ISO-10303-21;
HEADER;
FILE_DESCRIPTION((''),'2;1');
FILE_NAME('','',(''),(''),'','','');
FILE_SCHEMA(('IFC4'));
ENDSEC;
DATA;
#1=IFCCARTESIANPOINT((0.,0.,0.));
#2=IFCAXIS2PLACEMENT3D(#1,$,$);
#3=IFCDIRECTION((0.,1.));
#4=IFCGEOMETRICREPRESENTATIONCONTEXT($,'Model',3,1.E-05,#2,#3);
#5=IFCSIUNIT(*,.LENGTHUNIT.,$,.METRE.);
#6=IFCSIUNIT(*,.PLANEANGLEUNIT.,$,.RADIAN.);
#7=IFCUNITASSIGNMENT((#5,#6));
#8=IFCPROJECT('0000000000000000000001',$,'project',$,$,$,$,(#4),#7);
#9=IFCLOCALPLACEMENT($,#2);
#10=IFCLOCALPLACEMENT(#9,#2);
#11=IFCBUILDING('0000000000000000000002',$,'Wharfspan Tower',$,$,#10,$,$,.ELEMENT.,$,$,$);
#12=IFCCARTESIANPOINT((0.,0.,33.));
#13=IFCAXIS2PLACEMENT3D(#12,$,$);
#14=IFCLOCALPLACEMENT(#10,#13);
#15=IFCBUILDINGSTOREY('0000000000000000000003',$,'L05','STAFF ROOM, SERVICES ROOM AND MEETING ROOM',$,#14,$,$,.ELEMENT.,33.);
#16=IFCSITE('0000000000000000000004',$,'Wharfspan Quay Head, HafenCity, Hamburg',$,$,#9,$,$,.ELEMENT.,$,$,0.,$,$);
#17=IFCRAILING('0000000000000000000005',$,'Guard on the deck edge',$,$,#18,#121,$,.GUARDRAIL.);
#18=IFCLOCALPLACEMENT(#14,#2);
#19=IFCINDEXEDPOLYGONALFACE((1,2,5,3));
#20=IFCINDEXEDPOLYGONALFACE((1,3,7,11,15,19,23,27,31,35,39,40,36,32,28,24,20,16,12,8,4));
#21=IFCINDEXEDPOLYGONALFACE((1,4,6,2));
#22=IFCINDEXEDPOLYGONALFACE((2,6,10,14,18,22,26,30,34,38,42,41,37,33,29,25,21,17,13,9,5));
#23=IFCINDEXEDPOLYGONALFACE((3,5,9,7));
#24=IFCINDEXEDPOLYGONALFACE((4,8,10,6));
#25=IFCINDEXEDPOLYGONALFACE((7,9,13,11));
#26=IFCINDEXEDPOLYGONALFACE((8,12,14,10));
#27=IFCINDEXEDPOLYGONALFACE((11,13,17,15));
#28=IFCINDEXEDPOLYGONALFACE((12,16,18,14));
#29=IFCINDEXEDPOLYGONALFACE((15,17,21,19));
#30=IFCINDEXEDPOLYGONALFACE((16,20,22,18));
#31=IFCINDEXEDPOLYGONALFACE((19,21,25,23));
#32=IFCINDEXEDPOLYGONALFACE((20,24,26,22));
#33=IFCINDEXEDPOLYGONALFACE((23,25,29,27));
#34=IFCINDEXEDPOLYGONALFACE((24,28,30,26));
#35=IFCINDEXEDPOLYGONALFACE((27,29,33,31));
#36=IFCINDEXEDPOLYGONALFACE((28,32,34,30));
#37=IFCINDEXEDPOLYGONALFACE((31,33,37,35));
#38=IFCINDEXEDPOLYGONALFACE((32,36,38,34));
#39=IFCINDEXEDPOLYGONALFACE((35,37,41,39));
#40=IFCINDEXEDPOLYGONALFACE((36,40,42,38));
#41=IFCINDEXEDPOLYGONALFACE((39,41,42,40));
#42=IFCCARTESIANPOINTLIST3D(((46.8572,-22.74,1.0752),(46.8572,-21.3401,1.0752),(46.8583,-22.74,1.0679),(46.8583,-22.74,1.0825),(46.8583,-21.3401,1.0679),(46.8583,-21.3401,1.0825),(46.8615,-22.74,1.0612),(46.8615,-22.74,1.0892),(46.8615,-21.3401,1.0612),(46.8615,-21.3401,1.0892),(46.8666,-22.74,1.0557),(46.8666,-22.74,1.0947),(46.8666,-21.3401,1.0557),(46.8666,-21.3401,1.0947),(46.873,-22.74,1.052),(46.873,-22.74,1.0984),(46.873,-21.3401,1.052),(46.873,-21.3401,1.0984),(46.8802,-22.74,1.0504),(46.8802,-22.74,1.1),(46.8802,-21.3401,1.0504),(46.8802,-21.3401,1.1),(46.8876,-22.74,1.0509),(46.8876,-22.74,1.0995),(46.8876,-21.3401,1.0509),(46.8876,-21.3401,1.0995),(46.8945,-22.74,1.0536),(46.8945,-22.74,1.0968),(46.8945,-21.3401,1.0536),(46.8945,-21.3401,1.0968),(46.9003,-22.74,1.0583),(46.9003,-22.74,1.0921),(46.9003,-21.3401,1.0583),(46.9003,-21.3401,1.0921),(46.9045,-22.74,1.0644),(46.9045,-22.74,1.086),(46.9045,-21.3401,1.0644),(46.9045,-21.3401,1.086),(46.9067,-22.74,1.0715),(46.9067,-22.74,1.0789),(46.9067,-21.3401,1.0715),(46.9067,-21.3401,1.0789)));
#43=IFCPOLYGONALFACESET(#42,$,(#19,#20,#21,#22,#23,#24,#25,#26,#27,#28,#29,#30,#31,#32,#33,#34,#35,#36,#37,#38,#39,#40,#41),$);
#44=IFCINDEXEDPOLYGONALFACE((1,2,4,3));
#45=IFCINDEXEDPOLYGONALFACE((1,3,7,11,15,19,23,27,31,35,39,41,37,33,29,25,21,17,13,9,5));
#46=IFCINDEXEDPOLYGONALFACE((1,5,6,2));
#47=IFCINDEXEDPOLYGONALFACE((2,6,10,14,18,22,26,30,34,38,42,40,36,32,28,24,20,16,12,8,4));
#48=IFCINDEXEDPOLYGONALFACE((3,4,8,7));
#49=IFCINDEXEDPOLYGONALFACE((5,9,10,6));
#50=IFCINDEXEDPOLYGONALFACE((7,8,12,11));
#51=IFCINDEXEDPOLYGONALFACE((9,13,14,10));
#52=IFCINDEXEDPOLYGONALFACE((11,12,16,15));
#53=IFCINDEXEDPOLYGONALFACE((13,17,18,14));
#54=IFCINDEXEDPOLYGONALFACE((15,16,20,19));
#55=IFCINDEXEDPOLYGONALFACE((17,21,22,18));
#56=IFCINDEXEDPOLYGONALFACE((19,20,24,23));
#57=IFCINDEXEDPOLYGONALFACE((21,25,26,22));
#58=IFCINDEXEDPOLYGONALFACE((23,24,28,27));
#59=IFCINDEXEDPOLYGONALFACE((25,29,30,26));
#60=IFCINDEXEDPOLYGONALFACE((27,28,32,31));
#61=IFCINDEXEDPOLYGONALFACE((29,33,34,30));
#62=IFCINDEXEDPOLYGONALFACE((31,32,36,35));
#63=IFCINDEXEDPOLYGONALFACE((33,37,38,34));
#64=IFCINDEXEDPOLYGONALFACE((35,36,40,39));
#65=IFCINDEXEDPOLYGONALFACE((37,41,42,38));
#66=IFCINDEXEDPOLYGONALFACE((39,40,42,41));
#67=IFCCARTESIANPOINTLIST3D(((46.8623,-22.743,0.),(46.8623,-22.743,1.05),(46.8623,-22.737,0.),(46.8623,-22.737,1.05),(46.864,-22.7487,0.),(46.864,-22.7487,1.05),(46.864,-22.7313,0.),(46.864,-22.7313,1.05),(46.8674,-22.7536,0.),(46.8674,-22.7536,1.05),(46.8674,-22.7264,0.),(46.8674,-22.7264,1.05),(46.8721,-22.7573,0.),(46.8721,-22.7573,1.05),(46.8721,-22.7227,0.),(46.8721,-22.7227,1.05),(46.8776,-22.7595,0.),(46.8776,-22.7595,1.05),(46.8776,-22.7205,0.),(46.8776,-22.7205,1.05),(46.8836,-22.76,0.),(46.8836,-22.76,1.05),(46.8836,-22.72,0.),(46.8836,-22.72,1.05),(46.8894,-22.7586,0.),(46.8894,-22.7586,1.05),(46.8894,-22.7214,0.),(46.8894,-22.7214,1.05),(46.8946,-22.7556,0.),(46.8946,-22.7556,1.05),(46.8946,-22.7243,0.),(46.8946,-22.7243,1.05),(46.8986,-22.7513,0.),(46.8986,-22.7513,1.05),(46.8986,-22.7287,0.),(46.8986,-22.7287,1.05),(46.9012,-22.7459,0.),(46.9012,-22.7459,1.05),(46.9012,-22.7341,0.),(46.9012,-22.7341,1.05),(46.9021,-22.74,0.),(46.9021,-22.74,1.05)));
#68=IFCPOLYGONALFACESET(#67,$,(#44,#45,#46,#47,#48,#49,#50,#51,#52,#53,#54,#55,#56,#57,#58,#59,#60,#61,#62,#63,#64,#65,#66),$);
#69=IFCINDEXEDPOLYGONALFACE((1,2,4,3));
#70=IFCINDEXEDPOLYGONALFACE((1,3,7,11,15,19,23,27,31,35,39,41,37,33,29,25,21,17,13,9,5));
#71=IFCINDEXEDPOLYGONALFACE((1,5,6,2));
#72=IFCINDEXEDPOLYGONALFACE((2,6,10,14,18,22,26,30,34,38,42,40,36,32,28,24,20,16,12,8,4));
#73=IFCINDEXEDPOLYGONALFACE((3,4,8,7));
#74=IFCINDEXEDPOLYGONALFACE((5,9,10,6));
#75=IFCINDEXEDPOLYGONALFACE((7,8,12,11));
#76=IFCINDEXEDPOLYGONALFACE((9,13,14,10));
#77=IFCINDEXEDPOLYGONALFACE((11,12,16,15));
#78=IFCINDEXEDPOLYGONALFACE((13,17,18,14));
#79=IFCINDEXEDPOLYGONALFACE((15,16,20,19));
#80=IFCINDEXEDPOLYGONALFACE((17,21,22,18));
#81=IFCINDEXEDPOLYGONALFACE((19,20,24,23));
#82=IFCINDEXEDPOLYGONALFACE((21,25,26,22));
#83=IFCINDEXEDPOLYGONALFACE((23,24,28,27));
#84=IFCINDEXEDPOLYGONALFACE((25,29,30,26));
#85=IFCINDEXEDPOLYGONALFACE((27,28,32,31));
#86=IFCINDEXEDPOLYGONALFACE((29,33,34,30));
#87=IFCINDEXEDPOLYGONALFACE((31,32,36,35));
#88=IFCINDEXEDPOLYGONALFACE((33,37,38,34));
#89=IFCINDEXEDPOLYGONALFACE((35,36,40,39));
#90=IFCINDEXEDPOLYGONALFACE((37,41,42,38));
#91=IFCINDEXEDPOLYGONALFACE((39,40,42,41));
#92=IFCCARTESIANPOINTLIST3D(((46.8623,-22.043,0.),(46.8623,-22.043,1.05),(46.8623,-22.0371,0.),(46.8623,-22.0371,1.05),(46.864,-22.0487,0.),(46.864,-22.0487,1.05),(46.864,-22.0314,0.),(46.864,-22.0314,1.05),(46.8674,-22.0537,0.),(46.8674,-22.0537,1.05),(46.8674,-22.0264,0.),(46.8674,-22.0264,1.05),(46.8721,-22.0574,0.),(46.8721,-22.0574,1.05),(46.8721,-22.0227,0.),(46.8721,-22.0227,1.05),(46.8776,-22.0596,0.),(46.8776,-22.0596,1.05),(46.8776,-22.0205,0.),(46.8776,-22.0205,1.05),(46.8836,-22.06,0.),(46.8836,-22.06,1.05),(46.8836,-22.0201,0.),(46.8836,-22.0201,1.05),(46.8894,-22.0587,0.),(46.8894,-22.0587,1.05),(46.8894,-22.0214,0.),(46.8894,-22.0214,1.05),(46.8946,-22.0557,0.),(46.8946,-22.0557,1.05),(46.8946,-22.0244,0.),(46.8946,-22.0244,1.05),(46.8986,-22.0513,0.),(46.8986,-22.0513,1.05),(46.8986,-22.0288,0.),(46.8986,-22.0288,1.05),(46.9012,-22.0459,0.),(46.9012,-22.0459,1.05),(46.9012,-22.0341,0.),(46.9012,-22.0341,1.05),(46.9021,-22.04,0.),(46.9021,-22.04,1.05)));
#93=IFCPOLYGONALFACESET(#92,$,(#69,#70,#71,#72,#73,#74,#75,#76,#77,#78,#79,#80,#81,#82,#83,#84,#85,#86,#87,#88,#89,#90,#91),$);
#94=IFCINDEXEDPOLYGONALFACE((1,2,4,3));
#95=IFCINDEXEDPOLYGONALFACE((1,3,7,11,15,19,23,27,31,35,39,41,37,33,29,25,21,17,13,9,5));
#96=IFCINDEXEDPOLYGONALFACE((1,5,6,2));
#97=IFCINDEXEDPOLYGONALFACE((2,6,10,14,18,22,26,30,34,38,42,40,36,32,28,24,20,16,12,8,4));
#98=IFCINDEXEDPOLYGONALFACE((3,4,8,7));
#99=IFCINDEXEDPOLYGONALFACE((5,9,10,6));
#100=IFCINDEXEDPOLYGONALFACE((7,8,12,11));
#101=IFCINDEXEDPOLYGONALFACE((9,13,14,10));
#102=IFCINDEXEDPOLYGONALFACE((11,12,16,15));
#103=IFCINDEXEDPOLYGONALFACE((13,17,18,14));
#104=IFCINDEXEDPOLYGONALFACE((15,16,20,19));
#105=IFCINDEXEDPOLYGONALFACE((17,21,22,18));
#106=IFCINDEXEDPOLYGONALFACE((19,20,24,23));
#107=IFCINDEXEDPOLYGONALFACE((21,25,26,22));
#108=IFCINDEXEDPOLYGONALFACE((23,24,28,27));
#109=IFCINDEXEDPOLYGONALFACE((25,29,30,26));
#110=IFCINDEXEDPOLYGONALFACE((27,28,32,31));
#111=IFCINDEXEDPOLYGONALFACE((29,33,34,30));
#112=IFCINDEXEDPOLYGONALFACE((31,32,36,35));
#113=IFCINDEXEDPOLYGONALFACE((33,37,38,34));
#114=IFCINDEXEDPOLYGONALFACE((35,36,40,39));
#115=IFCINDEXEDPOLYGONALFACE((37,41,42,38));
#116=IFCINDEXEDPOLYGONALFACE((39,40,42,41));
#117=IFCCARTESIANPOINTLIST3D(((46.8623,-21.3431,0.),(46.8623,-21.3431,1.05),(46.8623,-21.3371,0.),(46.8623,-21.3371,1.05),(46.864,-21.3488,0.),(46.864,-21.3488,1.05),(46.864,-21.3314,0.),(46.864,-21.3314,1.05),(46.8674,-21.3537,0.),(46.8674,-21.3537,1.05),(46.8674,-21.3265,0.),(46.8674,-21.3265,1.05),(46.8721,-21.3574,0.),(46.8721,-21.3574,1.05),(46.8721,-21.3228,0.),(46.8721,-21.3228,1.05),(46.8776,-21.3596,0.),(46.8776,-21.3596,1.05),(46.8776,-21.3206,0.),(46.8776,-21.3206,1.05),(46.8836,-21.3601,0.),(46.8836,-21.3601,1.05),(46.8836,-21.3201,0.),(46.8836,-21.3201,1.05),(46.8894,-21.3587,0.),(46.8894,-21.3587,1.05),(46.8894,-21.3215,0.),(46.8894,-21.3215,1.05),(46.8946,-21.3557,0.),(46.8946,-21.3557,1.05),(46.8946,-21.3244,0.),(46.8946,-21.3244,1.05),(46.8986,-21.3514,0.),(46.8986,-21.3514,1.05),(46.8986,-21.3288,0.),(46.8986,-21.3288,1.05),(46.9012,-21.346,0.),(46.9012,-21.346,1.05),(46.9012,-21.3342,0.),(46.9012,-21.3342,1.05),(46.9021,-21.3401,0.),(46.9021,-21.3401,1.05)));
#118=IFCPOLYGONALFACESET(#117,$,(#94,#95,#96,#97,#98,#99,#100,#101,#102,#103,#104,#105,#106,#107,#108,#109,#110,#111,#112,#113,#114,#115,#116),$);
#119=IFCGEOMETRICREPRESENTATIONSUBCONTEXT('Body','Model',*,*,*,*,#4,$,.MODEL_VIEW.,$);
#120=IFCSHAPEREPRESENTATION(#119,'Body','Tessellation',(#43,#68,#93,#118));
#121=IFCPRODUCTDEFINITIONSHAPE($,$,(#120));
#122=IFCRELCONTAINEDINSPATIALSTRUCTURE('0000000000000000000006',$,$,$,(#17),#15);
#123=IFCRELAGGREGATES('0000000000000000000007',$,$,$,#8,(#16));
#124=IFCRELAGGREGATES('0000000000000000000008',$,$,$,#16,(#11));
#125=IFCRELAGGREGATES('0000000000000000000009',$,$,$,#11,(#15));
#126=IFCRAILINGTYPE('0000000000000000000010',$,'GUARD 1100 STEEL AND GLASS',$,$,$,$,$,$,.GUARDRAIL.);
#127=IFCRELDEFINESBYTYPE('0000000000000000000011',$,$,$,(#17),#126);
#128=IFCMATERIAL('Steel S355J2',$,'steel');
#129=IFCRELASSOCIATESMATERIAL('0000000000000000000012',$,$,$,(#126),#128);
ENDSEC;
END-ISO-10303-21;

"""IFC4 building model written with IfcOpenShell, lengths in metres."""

from ifc_helpers import new_model, si_unit, direction, frame, origin, origin_2d, place, context, subcontext, project, spatial, circle, extrude, material, type_object, element, save


model = new_model("IFC4")

# Units and contexts
model_context = context("Model", 3, precision=1e-05, world=origin(), true_north=direction((0.0, 1.0)))
body_context = subcontext(model_context, "Body", "Model", "MODEL_VIEW")
ifc_project = project(units=[si_unit("LENGTHUNIT", "METRE"), si_unit("PLANEANGLEUNIT", "RADIAN")], contexts=[model_context])

# Site, building, storey
site_placement = place(None, origin())
site = spatial("IfcSite", under=ifc_project, at=site_placement, Name="Wharfspan Quay Head, HafenCity, Hamburg", CompositionType="ELEMENT", RefElevation=0.0)
building_placement = place(site_placement, origin())
building = spatial("IfcBuilding", under=site, at=building_placement, Name="Wharfspan Tower", CompositionType="ELEMENT")
storey_placement = place(building_placement, frame((0.0, 0.0, 33.0)))
storey = spatial("IfcBuildingStorey", under=building, at=storey_placement, Name="L05", Description="STAFF ROOM, SERVICES ROOM AND MEETING ROOM", CompositionType="ELEMENT", Elevation=33.0)

# Railing
ifc_material_1 = material(Name="Steel S355J2", Category="steel")
railing_type = type_object("IfcRailingType", Name="GUARD 1100 STEEL AND GLASS", PredefinedType="GUARDRAIL", material=ifc_material_1)
railing_1_placement = place(storey_placement, frame((46.8821, -22.74, 0.0)))
element("IfcRailing", 1, at=railing_1_placement, inside=storey, type_object=railing_type, Name="Guard on the deck edge", PredefinedType="GUARDRAIL", context=body_context, shape_type="SweptSolid", body=[
    extrude(circle(Radius=0.0249, at=origin_2d()), frame((0.0, 0.0, 1.0752), z_axis=(0.0, 1.0, 0.0), x_axis=(-1.0, 0.0, 0.0)), (0.0, 0.0, 1.0), 1.3999),
    extrude(circle(Radius=0.02, at=origin_2d()), origin(), (0.0, 0.0, 1.0), 1.05),
    extrude(circle(Radius=0.02, at=origin_2d()), frame((0.0, 0.7, 0.0)), (0.0, 0.0, 1.0), 1.05),
    extrude(circle(Radius=0.02, at=origin_2d()), frame((0.0, 1.3999, 0.0)), (0.0, 0.0, 1.0), 1.05),
])

save(model, "model.ifc")
